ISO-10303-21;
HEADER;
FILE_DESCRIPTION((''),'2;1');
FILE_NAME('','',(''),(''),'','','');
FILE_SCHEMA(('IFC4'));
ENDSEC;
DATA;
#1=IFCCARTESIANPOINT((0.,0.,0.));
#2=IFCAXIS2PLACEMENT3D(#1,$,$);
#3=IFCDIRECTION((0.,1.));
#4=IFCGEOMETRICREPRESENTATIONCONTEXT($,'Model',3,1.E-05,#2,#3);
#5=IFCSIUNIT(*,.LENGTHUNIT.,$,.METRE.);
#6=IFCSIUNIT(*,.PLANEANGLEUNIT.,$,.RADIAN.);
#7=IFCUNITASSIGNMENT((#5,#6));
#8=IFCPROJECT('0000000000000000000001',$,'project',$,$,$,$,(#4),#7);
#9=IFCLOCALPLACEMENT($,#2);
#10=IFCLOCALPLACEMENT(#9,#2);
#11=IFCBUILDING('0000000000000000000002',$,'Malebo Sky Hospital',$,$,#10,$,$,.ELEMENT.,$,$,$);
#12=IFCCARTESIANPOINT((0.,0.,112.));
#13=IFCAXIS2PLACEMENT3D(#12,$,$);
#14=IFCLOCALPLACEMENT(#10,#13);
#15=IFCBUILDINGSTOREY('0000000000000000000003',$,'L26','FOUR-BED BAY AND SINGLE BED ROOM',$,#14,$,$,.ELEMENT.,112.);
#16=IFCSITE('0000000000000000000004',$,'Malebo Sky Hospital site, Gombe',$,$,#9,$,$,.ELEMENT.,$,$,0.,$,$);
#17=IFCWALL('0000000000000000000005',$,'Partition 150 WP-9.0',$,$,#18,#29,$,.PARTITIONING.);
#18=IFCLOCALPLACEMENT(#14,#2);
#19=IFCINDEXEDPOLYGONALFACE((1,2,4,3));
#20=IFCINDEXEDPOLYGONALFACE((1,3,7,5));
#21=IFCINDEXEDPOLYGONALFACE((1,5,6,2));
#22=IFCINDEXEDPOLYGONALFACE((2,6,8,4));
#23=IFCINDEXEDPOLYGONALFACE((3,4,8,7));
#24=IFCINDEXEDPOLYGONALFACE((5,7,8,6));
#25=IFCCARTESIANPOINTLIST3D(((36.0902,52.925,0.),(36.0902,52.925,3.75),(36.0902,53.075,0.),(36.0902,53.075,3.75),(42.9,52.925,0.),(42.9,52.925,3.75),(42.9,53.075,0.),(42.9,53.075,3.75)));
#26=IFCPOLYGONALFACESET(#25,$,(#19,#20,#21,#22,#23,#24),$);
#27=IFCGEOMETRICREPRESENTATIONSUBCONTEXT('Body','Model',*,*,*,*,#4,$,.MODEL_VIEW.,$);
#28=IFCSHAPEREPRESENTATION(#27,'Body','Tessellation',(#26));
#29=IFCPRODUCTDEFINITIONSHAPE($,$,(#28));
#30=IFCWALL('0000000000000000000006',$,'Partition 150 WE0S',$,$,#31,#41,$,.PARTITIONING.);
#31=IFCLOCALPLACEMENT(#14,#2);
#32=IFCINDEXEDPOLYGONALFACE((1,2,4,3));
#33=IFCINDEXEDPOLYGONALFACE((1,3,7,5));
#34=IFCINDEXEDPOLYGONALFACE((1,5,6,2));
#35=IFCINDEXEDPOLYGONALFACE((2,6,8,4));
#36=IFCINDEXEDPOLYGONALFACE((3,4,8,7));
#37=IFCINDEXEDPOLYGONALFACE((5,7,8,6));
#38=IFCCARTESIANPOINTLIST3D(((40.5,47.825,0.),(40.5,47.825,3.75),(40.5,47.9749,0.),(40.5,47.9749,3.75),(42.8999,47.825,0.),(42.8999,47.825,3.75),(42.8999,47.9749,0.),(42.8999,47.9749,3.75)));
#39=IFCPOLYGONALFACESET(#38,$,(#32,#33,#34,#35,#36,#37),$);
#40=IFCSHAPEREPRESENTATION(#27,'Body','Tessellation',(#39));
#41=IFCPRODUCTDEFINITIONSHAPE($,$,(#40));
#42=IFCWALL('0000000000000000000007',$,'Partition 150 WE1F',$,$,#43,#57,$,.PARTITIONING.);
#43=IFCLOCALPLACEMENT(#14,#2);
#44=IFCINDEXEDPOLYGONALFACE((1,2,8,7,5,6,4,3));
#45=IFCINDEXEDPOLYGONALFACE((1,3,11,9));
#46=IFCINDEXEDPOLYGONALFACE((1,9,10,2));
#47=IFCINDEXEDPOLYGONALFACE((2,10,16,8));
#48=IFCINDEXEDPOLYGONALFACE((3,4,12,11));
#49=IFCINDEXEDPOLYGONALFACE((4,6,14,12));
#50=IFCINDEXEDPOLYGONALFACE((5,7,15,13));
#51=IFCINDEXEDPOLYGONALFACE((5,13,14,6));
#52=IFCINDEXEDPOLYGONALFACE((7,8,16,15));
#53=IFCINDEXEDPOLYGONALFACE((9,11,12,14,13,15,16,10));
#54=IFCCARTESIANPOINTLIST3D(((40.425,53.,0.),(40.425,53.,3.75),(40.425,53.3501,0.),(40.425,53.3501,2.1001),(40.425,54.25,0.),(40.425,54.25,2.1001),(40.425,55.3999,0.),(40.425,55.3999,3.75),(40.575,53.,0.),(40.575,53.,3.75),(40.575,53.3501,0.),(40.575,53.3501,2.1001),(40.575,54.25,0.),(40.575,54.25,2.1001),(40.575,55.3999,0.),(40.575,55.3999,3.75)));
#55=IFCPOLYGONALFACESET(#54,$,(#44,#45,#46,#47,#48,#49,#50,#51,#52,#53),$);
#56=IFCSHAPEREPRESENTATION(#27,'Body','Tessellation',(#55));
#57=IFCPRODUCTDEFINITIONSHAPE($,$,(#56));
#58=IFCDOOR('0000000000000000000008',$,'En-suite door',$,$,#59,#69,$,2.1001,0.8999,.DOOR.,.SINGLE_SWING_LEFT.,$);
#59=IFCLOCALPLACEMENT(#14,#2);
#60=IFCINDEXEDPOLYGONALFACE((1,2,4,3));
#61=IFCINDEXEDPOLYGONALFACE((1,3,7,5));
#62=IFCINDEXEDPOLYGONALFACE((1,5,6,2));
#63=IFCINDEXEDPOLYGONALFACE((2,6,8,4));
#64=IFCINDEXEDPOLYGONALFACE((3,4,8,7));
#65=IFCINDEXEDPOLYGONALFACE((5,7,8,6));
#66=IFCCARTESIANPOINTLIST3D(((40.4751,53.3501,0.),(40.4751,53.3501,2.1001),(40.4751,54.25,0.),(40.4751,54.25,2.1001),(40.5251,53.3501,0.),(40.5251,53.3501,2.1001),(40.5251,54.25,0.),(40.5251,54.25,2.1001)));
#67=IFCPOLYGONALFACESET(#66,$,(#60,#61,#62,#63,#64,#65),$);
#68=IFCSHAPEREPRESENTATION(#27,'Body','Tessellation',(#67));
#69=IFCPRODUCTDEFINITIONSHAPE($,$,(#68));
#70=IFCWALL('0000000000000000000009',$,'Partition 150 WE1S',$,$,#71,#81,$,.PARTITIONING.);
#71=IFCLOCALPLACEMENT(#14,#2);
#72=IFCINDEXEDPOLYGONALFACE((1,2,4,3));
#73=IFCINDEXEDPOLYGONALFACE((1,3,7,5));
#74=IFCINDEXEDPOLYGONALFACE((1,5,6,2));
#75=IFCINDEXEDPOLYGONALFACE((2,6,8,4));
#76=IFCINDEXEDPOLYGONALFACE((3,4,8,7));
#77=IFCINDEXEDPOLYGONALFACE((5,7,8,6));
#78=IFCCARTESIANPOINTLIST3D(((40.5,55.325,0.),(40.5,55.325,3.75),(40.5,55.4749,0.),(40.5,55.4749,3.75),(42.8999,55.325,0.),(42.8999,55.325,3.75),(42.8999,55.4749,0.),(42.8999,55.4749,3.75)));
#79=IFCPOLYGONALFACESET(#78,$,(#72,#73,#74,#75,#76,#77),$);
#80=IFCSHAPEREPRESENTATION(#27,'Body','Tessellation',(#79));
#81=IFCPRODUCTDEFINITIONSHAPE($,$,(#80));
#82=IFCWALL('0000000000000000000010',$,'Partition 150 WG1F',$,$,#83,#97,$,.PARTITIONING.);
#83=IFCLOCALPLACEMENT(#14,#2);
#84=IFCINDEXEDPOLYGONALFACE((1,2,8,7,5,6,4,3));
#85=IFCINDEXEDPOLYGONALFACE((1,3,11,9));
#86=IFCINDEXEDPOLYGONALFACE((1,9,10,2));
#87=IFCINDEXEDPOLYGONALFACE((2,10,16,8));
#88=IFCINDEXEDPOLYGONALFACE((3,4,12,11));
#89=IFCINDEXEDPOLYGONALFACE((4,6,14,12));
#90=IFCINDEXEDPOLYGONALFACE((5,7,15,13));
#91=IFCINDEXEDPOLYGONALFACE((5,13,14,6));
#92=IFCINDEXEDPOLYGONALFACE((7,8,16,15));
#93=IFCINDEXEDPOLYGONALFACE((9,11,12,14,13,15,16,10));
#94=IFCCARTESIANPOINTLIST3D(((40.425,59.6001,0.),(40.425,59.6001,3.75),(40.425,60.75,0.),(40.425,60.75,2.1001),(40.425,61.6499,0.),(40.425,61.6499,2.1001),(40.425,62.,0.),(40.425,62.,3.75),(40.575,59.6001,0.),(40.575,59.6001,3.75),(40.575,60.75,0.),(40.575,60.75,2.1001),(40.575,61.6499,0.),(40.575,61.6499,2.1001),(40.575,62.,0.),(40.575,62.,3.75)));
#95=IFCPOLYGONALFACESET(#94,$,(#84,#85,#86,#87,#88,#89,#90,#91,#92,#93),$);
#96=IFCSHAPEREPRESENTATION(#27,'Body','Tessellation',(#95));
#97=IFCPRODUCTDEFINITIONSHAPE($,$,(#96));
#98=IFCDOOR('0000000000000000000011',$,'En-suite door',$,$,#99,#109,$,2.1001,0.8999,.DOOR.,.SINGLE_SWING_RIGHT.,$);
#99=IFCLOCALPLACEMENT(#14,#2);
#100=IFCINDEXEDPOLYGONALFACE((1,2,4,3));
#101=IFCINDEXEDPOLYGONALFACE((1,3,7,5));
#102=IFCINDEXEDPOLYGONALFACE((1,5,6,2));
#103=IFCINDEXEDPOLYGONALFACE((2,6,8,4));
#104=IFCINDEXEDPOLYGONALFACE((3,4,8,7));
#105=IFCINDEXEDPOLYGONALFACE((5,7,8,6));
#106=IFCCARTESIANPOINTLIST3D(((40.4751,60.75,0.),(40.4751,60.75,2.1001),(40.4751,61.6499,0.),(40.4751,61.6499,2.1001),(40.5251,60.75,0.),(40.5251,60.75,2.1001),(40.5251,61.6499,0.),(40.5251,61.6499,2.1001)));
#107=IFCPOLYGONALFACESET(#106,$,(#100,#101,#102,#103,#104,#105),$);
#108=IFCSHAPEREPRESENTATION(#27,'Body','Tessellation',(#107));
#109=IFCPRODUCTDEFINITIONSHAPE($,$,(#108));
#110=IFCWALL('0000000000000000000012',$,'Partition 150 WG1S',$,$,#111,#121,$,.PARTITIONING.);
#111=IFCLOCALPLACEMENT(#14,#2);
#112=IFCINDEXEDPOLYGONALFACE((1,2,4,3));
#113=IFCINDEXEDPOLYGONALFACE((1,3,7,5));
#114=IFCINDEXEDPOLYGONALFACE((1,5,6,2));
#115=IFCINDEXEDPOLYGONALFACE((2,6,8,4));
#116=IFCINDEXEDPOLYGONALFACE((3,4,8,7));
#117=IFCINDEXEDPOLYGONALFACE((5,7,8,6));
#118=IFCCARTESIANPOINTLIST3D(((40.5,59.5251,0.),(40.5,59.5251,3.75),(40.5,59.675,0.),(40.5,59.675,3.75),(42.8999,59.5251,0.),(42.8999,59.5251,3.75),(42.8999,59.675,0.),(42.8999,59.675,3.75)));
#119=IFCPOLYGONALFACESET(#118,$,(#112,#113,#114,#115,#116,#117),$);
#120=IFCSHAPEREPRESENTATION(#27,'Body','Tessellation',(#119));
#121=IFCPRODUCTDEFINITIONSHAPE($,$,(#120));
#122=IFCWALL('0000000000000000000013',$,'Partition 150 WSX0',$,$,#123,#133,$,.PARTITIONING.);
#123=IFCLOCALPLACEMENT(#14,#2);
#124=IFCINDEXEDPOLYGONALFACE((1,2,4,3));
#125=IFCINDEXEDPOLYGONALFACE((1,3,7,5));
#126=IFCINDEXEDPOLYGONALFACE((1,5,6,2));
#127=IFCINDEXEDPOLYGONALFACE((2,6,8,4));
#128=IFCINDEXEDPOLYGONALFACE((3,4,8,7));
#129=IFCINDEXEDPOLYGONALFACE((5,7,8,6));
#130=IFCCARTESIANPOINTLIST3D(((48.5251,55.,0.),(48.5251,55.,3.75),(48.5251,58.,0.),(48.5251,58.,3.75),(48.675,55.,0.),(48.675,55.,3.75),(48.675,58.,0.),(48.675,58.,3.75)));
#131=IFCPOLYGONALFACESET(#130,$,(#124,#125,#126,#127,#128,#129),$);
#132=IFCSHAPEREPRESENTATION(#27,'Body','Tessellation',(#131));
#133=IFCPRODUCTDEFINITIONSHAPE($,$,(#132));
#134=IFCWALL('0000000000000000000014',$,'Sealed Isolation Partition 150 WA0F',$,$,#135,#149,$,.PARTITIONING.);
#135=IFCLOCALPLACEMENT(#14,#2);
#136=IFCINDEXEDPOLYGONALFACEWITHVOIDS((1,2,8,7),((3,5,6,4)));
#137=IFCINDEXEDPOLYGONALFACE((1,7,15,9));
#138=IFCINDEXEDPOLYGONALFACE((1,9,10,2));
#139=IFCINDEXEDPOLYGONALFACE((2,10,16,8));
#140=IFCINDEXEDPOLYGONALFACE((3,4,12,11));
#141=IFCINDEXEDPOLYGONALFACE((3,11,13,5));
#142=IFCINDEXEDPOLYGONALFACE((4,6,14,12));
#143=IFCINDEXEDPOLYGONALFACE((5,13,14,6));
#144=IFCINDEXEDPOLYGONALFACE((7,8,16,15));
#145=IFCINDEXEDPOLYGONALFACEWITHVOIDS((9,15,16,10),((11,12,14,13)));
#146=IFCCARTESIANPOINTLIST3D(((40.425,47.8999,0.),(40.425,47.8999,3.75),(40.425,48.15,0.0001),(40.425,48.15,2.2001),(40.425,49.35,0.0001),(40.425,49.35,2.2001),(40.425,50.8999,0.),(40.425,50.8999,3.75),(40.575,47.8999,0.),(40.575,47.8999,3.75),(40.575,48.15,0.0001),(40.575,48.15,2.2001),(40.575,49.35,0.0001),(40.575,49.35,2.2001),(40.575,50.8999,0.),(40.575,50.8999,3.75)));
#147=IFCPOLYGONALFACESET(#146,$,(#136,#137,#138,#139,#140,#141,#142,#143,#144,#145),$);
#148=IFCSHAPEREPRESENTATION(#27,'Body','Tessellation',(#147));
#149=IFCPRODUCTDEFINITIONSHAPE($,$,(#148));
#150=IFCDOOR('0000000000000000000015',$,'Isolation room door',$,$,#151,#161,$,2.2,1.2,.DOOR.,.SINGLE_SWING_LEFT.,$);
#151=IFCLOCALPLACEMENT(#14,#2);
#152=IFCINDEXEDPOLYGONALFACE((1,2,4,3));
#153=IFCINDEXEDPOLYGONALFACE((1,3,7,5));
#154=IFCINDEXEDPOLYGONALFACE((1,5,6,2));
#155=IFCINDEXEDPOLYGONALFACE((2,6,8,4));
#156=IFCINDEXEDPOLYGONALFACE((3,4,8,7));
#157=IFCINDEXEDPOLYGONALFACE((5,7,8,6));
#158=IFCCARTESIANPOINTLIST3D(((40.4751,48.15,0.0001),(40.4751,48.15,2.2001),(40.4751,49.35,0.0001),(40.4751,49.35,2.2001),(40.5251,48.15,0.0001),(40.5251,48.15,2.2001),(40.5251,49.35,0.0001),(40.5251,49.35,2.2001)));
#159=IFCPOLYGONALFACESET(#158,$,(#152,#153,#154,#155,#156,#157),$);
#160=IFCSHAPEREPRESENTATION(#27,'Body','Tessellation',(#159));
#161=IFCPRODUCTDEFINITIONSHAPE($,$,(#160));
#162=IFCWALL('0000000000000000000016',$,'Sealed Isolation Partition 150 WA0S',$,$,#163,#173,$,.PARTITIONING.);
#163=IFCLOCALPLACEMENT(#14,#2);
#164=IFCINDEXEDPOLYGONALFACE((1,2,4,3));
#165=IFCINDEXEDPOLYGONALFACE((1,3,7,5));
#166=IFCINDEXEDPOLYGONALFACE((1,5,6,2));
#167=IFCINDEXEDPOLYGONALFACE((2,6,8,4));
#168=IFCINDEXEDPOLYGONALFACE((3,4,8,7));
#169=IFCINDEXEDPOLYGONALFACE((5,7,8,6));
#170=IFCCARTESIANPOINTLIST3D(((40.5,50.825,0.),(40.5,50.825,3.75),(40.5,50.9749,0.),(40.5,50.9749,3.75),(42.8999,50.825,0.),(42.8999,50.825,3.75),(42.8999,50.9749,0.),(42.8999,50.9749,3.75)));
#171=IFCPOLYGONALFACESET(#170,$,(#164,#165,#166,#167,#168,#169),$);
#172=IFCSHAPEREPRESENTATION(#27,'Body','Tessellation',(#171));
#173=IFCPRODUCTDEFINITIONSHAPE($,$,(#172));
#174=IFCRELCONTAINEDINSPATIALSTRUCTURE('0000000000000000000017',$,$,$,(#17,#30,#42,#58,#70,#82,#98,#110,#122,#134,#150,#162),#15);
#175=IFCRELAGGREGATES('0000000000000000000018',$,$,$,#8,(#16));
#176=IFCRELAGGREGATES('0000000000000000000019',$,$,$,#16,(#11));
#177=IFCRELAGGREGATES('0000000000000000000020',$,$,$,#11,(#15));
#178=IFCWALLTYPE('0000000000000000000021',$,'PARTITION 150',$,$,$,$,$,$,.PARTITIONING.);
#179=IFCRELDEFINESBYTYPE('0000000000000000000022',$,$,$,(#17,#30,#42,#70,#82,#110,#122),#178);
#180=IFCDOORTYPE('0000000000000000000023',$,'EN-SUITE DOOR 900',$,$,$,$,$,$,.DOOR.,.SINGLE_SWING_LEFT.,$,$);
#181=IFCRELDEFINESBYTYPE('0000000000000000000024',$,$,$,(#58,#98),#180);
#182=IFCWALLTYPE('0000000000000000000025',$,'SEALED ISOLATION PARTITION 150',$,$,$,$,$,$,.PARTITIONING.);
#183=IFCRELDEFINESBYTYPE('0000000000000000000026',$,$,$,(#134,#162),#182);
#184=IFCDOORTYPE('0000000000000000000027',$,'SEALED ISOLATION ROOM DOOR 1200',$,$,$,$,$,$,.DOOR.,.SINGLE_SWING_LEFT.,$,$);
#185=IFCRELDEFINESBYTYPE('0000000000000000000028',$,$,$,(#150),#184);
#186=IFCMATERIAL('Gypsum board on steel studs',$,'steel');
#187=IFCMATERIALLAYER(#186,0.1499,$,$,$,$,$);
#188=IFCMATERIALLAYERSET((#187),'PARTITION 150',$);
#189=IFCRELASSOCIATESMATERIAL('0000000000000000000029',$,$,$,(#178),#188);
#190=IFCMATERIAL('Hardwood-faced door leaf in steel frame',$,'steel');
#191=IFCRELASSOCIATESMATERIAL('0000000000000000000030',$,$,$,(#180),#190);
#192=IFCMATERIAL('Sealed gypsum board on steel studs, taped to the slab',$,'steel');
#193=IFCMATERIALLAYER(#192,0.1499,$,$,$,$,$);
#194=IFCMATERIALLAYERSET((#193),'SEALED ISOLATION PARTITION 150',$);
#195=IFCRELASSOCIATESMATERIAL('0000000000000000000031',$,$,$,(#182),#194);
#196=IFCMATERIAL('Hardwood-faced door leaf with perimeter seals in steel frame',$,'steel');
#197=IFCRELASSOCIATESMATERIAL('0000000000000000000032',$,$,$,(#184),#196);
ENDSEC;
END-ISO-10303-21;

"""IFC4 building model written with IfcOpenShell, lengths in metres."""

from ifc_helpers import new_model, si_unit, direction, frame, frame_2d, origin, place, context, subcontext, project, spatial, rectangle, extrude, material, layer, layer_set, type_object, element, fill, save


model = new_model("IFC4")

# Units and contexts
model_context = context("Model", 3, precision=1e-05, world=origin(), true_north=direction((0.0, 1.0)))
body_context = subcontext(model_context, "Body", "Model", "MODEL_VIEW")
ifc_project = project(units=[si_unit("LENGTHUNIT", "METRE"), si_unit("PLANEANGLEUNIT", "RADIAN")], contexts=[model_context])

# Site, building, storey
site_placement = place(None, origin())
site = spatial("IfcSite", under=ifc_project, at=site_placement, Name="Malebo Sky Hospital site, Gombe", CompositionType="ELEMENT", RefElevation=0.0)
building_placement = place(site_placement, origin())
building = spatial("IfcBuilding", under=site, at=building_placement, Name="Malebo Sky Hospital", CompositionType="ELEMENT")
storey_placement = place(building_placement, frame((0.0, 0.0, 112.0)))
storey = spatial("IfcBuildingStorey", under=building, at=storey_placement, Name="L26", Description="FOUR-BED BAY AND SINGLE BED ROOM", CompositionType="ELEMENT", Elevation=112.0)

# Shared definitions
ifc_material_1 = material(Name="Gypsum board on steel studs", Category="steel")
ifc_material_2 = material(Name="Hardwood-faced door leaf in steel frame", Category="steel")

# Walls
ifc_layer_1 = layer(ifc_material_1, 0.1499)
ifc_layer_set_1 = layer_set([ifc_layer_1], Name="PARTITION 150")
wall_type_1 = type_object("IfcWallType", Name="PARTITION 150", PredefinedType="PARTITIONING", material=ifc_layer_set_1)
wall_1_placement = place(storey_placement, frame((42.8999, 53.0, 0.0), z_axis=(0.0, 0.0, 1.0), x_axis=(-1.0, 0.0, 0.0)))
element("IfcWall", 1, at=wall_1_placement, inside=storey, type_object=wall_type_1, Name="Partition 150 WP-9.0", PredefinedType="PARTITIONING", context=body_context, shape_type="SweptSolid", body=[
    extrude(rectangle(XDim=6.8098, YDim=0.1499, at=frame_2d((3.4048, 0.0))), origin(), (0.0, 0.0, 1.0), 3.75),
])
wall_2_placement = place(storey_placement, frame((42.8999, 47.8999, 0.0), z_axis=(0.0, 0.0, 1.0), x_axis=(-1.0, 0.0, 0.0)))
element("IfcWall", 2, at=wall_2_placement, inside=storey, type_object=wall_type_1, Name="Partition 150 WE0S", PredefinedType="PARTITIONING", context=body_context, shape_type="SweptSolid", body=[
    extrude(rectangle(XDim=2.3999, YDim=0.1499, at=frame_2d((1.2, 0.0))), origin(), (0.0, 0.0, 1.0), 3.75),
])

# Wall, opening, door
wall_3_placement = place(storey_placement, frame((40.5, 53.0, 0.0), z_axis=(0.0, 0.0, 1.0), x_axis=(0.0, 1.0, 0.0)))
wall_3 = element("IfcWall", 3, at=wall_3_placement, inside=storey, type_object=wall_type_1, Name="Partition 150 WE1F", PredefinedType="PARTITIONING", context=body_context, shape_type="SweptSolid", body=[
    extrude(rectangle(XDim=2.3999, YDim=0.1499, at=frame_2d((1.2, 0.0))), origin(), (0.0, 0.0, 1.0), 3.75),
])
opening_1_placement = place(wall_3_placement, frame((0.3501, 0.0, 0.0)))
opening_1 = element("IfcOpeningElement", 4, at=opening_1_placement, cuts=wall_3, PredefinedType="OPENING", context=body_context, shape_type="SweptSolid", body=[
    extrude(rectangle(XDim=0.8999, YDim=2.1001, at=frame_2d((0.45, 1.05))), frame((0.0, 0.085, 0.0), z_axis=(0.0, -1.0, 0.0), x_axis=(1.0, 0.0, 0.0)), (0.0, 0.0, 1.0), 0.1699),
])
door_type_1 = type_object("IfcDoorType", Name="EN-SUITE DOOR 900", OperationType="SINGLE_SWING_LEFT", PredefinedType="DOOR", material=ifc_material_2)
door_1_placement = place(opening_1_placement, origin())
door_1 = element("IfcDoor", 5, at=door_1_placement, inside=storey, type_object=door_type_1, Name="En-suite door", OperationType="SINGLE_SWING_LEFT", OverallHeight=2.1001, OverallWidth=0.8999, PredefinedType="DOOR", context=body_context, shape_type="SweptSolid", body=[
    extrude(rectangle(XDim=0.8999, YDim=2.1001, at=frame_2d((0.45, 1.05))), frame((0.0, 0.0249, 0.0), z_axis=(0.0, -1.0, 0.0), x_axis=(1.0, 0.0, 0.0)), (0.0, 0.0, 1.0), 0.05),
])
fill(opening_1, door_1)

# Wall
wall_4_placement = place(storey_placement, frame((42.8999, 55.3999, 0.0), z_axis=(0.0, 0.0, 1.0), x_axis=(-1.0, 0.0, 0.0)))
element("IfcWall", 6, at=wall_4_placement, inside=storey, type_object=wall_type_1, Name="Partition 150 WE1S", PredefinedType="PARTITIONING", context=body_context, shape_type="SweptSolid", body=[
    extrude(rectangle(XDim=2.3999, YDim=0.1499, at=frame_2d((1.2, 0.0))), origin(), (0.0, 0.0, 1.0), 3.75),
])

# Wall, opening, door
wall_5_placement = place(storey_placement, frame((40.5, 59.6001, 0.0), z_axis=(0.0, 0.0, 1.0), x_axis=(0.0, 1.0, 0.0)))
wall_5 = element("IfcWall", 7, at=wall_5_placement, inside=storey, type_object=wall_type_1, Name="Partition 150 WG1F", PredefinedType="PARTITIONING", context=body_context, shape_type="SweptSolid", body=[
    extrude(rectangle(XDim=2.3999, YDim=0.1499, at=frame_2d((1.2, 0.0))), origin(), (0.0, 0.0, 1.0), 3.75),
])
opening_2_placement = place(wall_5_placement, frame((1.1499, 0.0, 0.0)))
opening_2 = element("IfcOpeningElement", 8, at=opening_2_placement, cuts=wall_5, PredefinedType="OPENING", context=body_context, shape_type="SweptSolid", body=[
    extrude(rectangle(XDim=0.8999, YDim=2.1001, at=frame_2d((0.45, 1.05))), frame((0.0, 0.085, 0.0), z_axis=(0.0, -1.0, 0.0), x_axis=(1.0, 0.0, 0.0)), (0.0, 0.0, 1.0), 0.1699),
])
door_2_placement = place(opening_2_placement, origin())
door_2 = element("IfcDoor", 9, at=door_2_placement, inside=storey, type_object=door_type_1, Name="En-suite door", OperationType="SINGLE_SWING_RIGHT", OverallHeight=2.1001, OverallWidth=0.8999, PredefinedType="DOOR", context=body_context, shape_type="SweptSolid", body=[
    extrude(rectangle(XDim=0.8999, YDim=2.1001, at=frame_2d((0.45, 1.05))), frame((0.0, 0.0249, 0.0), z_axis=(0.0, -1.0, 0.0), x_axis=(1.0, 0.0, 0.0)), (0.0, 0.0, 1.0), 0.05),
])
fill(opening_2, door_2)

# Walls
wall_6_placement = place(storey_placement, frame((42.8999, 59.6001, 0.0), z_axis=(0.0, 0.0, 1.0), x_axis=(-1.0, 0.0, 0.0)))
element("IfcWall", 10, at=wall_6_placement, inside=storey, type_object=wall_type_1, Name="Partition 150 WG1S", PredefinedType="PARTITIONING", context=body_context, shape_type="SweptSolid", body=[
    extrude(rectangle(XDim=2.3999, YDim=0.1499, at=frame_2d((1.2, 0.0))), origin(), (0.0, 0.0, 1.0), 3.75),
])
wall_7_placement = place(storey_placement, frame((48.6001, 55.0, 0.0), z_axis=(0.0, 0.0, 1.0), x_axis=(0.0, 1.0, 0.0)))
element("IfcWall", 11, at=wall_7_placement, inside=storey, type_object=wall_type_1, Name="Partition 150 WSX0", PredefinedType="PARTITIONING", context=body_context, shape_type="SweptSolid", body=[
    extrude(rectangle(XDim=3.0, YDim=0.1499, at=frame_2d((1.5, 0.0))), origin(), (0.0, 0.0, 1.0), 3.75),
])

# Wall, opening, door
ifc_material_3 = material(Name="Sealed gypsum board on steel studs, taped to the slab", Category="steel")
ifc_layer_2 = layer(ifc_material_3, 0.1499)
ifc_layer_set_2 = layer_set([ifc_layer_2], Name="SEALED ISOLATION PARTITION 150")
wall_type_2 = type_object("IfcWallType", Name="SEALED ISOLATION PARTITION 150", PredefinedType="PARTITIONING", material=ifc_layer_set_2)
wall_8_placement = place(storey_placement, frame((40.5, 47.8999, 0.0), z_axis=(0.0, 0.0, 1.0), x_axis=(0.0, 1.0, 0.0)))
wall_8 = element("IfcWall", 12, at=wall_8_placement, inside=storey, type_object=wall_type_2, Name="Sealed Isolation Partition 150 WA0F", PredefinedType="PARTITIONING", context=body_context, shape_type="SweptSolid", body=[
    extrude(rectangle(XDim=3.0, YDim=0.1499, at=frame_2d((1.5, 0.0))), origin(), (0.0, 0.0, 1.0), 3.75),
])
opening_3_placement = place(wall_8_placement, frame((0.25, 0.0, 0.0)))
opening_3 = element("IfcOpeningElement", 13, at=opening_3_placement, cuts=wall_8, PredefinedType="OPENING", context=body_context, shape_type="SweptSolid", body=[
    extrude(rectangle(XDim=1.2, YDim=2.2, at=frame_2d((0.6001, 1.1001))), frame((0.0, 0.085, 0.0), z_axis=(0.0, -1.0, 0.0), x_axis=(1.0, 0.0, 0.0)), (0.0, 0.0, 1.0), 0.1699),
])
ifc_material_4 = material(Name="Hardwood-faced door leaf with perimeter seals in steel frame", Category="steel")
door_type_2 = type_object("IfcDoorType", Name="SEALED ISOLATION ROOM DOOR 1200", OperationType="SINGLE_SWING_LEFT", PredefinedType="DOOR", material=ifc_material_4)
door_3_placement = place(opening_3_placement, origin())
door_3 = element("IfcDoor", 14, at=door_3_placement, inside=storey, type_object=door_type_2, Name="Isolation room door", OperationType="SINGLE_SWING_LEFT", OverallHeight=2.2, OverallWidth=1.2, PredefinedType="DOOR", context=body_context, shape_type="SweptSolid", body=[
    extrude(rectangle(XDim=1.2, YDim=2.2, at=frame_2d((0.6001, 1.1001))), frame((0.0, 0.0249, 0.0), z_axis=(0.0, -1.0, 0.0), x_axis=(1.0, 0.0, 0.0)), (0.0, 0.0, 1.0), 0.05),
])
fill(opening_3, door_3)

# Wall
wall_9_placement = place(storey_placement, frame((42.8999, 50.8999, 0.0), z_axis=(0.0, 0.0, 1.0), x_axis=(-1.0, 0.0, 0.0)))
element("IfcWall", 15, at=wall_9_placement, inside=storey, type_object=wall_type_2, Name="Sealed Isolation Partition 150 WA0S", PredefinedType="PARTITIONING", context=body_context, shape_type="SweptSolid", body=[
    extrude(rectangle(XDim=2.3999, YDim=0.1499, at=frame_2d((1.2, 0.0))), origin(), (0.0, 0.0, 1.0), 3.75),
])

save(model, "model.ifc")
